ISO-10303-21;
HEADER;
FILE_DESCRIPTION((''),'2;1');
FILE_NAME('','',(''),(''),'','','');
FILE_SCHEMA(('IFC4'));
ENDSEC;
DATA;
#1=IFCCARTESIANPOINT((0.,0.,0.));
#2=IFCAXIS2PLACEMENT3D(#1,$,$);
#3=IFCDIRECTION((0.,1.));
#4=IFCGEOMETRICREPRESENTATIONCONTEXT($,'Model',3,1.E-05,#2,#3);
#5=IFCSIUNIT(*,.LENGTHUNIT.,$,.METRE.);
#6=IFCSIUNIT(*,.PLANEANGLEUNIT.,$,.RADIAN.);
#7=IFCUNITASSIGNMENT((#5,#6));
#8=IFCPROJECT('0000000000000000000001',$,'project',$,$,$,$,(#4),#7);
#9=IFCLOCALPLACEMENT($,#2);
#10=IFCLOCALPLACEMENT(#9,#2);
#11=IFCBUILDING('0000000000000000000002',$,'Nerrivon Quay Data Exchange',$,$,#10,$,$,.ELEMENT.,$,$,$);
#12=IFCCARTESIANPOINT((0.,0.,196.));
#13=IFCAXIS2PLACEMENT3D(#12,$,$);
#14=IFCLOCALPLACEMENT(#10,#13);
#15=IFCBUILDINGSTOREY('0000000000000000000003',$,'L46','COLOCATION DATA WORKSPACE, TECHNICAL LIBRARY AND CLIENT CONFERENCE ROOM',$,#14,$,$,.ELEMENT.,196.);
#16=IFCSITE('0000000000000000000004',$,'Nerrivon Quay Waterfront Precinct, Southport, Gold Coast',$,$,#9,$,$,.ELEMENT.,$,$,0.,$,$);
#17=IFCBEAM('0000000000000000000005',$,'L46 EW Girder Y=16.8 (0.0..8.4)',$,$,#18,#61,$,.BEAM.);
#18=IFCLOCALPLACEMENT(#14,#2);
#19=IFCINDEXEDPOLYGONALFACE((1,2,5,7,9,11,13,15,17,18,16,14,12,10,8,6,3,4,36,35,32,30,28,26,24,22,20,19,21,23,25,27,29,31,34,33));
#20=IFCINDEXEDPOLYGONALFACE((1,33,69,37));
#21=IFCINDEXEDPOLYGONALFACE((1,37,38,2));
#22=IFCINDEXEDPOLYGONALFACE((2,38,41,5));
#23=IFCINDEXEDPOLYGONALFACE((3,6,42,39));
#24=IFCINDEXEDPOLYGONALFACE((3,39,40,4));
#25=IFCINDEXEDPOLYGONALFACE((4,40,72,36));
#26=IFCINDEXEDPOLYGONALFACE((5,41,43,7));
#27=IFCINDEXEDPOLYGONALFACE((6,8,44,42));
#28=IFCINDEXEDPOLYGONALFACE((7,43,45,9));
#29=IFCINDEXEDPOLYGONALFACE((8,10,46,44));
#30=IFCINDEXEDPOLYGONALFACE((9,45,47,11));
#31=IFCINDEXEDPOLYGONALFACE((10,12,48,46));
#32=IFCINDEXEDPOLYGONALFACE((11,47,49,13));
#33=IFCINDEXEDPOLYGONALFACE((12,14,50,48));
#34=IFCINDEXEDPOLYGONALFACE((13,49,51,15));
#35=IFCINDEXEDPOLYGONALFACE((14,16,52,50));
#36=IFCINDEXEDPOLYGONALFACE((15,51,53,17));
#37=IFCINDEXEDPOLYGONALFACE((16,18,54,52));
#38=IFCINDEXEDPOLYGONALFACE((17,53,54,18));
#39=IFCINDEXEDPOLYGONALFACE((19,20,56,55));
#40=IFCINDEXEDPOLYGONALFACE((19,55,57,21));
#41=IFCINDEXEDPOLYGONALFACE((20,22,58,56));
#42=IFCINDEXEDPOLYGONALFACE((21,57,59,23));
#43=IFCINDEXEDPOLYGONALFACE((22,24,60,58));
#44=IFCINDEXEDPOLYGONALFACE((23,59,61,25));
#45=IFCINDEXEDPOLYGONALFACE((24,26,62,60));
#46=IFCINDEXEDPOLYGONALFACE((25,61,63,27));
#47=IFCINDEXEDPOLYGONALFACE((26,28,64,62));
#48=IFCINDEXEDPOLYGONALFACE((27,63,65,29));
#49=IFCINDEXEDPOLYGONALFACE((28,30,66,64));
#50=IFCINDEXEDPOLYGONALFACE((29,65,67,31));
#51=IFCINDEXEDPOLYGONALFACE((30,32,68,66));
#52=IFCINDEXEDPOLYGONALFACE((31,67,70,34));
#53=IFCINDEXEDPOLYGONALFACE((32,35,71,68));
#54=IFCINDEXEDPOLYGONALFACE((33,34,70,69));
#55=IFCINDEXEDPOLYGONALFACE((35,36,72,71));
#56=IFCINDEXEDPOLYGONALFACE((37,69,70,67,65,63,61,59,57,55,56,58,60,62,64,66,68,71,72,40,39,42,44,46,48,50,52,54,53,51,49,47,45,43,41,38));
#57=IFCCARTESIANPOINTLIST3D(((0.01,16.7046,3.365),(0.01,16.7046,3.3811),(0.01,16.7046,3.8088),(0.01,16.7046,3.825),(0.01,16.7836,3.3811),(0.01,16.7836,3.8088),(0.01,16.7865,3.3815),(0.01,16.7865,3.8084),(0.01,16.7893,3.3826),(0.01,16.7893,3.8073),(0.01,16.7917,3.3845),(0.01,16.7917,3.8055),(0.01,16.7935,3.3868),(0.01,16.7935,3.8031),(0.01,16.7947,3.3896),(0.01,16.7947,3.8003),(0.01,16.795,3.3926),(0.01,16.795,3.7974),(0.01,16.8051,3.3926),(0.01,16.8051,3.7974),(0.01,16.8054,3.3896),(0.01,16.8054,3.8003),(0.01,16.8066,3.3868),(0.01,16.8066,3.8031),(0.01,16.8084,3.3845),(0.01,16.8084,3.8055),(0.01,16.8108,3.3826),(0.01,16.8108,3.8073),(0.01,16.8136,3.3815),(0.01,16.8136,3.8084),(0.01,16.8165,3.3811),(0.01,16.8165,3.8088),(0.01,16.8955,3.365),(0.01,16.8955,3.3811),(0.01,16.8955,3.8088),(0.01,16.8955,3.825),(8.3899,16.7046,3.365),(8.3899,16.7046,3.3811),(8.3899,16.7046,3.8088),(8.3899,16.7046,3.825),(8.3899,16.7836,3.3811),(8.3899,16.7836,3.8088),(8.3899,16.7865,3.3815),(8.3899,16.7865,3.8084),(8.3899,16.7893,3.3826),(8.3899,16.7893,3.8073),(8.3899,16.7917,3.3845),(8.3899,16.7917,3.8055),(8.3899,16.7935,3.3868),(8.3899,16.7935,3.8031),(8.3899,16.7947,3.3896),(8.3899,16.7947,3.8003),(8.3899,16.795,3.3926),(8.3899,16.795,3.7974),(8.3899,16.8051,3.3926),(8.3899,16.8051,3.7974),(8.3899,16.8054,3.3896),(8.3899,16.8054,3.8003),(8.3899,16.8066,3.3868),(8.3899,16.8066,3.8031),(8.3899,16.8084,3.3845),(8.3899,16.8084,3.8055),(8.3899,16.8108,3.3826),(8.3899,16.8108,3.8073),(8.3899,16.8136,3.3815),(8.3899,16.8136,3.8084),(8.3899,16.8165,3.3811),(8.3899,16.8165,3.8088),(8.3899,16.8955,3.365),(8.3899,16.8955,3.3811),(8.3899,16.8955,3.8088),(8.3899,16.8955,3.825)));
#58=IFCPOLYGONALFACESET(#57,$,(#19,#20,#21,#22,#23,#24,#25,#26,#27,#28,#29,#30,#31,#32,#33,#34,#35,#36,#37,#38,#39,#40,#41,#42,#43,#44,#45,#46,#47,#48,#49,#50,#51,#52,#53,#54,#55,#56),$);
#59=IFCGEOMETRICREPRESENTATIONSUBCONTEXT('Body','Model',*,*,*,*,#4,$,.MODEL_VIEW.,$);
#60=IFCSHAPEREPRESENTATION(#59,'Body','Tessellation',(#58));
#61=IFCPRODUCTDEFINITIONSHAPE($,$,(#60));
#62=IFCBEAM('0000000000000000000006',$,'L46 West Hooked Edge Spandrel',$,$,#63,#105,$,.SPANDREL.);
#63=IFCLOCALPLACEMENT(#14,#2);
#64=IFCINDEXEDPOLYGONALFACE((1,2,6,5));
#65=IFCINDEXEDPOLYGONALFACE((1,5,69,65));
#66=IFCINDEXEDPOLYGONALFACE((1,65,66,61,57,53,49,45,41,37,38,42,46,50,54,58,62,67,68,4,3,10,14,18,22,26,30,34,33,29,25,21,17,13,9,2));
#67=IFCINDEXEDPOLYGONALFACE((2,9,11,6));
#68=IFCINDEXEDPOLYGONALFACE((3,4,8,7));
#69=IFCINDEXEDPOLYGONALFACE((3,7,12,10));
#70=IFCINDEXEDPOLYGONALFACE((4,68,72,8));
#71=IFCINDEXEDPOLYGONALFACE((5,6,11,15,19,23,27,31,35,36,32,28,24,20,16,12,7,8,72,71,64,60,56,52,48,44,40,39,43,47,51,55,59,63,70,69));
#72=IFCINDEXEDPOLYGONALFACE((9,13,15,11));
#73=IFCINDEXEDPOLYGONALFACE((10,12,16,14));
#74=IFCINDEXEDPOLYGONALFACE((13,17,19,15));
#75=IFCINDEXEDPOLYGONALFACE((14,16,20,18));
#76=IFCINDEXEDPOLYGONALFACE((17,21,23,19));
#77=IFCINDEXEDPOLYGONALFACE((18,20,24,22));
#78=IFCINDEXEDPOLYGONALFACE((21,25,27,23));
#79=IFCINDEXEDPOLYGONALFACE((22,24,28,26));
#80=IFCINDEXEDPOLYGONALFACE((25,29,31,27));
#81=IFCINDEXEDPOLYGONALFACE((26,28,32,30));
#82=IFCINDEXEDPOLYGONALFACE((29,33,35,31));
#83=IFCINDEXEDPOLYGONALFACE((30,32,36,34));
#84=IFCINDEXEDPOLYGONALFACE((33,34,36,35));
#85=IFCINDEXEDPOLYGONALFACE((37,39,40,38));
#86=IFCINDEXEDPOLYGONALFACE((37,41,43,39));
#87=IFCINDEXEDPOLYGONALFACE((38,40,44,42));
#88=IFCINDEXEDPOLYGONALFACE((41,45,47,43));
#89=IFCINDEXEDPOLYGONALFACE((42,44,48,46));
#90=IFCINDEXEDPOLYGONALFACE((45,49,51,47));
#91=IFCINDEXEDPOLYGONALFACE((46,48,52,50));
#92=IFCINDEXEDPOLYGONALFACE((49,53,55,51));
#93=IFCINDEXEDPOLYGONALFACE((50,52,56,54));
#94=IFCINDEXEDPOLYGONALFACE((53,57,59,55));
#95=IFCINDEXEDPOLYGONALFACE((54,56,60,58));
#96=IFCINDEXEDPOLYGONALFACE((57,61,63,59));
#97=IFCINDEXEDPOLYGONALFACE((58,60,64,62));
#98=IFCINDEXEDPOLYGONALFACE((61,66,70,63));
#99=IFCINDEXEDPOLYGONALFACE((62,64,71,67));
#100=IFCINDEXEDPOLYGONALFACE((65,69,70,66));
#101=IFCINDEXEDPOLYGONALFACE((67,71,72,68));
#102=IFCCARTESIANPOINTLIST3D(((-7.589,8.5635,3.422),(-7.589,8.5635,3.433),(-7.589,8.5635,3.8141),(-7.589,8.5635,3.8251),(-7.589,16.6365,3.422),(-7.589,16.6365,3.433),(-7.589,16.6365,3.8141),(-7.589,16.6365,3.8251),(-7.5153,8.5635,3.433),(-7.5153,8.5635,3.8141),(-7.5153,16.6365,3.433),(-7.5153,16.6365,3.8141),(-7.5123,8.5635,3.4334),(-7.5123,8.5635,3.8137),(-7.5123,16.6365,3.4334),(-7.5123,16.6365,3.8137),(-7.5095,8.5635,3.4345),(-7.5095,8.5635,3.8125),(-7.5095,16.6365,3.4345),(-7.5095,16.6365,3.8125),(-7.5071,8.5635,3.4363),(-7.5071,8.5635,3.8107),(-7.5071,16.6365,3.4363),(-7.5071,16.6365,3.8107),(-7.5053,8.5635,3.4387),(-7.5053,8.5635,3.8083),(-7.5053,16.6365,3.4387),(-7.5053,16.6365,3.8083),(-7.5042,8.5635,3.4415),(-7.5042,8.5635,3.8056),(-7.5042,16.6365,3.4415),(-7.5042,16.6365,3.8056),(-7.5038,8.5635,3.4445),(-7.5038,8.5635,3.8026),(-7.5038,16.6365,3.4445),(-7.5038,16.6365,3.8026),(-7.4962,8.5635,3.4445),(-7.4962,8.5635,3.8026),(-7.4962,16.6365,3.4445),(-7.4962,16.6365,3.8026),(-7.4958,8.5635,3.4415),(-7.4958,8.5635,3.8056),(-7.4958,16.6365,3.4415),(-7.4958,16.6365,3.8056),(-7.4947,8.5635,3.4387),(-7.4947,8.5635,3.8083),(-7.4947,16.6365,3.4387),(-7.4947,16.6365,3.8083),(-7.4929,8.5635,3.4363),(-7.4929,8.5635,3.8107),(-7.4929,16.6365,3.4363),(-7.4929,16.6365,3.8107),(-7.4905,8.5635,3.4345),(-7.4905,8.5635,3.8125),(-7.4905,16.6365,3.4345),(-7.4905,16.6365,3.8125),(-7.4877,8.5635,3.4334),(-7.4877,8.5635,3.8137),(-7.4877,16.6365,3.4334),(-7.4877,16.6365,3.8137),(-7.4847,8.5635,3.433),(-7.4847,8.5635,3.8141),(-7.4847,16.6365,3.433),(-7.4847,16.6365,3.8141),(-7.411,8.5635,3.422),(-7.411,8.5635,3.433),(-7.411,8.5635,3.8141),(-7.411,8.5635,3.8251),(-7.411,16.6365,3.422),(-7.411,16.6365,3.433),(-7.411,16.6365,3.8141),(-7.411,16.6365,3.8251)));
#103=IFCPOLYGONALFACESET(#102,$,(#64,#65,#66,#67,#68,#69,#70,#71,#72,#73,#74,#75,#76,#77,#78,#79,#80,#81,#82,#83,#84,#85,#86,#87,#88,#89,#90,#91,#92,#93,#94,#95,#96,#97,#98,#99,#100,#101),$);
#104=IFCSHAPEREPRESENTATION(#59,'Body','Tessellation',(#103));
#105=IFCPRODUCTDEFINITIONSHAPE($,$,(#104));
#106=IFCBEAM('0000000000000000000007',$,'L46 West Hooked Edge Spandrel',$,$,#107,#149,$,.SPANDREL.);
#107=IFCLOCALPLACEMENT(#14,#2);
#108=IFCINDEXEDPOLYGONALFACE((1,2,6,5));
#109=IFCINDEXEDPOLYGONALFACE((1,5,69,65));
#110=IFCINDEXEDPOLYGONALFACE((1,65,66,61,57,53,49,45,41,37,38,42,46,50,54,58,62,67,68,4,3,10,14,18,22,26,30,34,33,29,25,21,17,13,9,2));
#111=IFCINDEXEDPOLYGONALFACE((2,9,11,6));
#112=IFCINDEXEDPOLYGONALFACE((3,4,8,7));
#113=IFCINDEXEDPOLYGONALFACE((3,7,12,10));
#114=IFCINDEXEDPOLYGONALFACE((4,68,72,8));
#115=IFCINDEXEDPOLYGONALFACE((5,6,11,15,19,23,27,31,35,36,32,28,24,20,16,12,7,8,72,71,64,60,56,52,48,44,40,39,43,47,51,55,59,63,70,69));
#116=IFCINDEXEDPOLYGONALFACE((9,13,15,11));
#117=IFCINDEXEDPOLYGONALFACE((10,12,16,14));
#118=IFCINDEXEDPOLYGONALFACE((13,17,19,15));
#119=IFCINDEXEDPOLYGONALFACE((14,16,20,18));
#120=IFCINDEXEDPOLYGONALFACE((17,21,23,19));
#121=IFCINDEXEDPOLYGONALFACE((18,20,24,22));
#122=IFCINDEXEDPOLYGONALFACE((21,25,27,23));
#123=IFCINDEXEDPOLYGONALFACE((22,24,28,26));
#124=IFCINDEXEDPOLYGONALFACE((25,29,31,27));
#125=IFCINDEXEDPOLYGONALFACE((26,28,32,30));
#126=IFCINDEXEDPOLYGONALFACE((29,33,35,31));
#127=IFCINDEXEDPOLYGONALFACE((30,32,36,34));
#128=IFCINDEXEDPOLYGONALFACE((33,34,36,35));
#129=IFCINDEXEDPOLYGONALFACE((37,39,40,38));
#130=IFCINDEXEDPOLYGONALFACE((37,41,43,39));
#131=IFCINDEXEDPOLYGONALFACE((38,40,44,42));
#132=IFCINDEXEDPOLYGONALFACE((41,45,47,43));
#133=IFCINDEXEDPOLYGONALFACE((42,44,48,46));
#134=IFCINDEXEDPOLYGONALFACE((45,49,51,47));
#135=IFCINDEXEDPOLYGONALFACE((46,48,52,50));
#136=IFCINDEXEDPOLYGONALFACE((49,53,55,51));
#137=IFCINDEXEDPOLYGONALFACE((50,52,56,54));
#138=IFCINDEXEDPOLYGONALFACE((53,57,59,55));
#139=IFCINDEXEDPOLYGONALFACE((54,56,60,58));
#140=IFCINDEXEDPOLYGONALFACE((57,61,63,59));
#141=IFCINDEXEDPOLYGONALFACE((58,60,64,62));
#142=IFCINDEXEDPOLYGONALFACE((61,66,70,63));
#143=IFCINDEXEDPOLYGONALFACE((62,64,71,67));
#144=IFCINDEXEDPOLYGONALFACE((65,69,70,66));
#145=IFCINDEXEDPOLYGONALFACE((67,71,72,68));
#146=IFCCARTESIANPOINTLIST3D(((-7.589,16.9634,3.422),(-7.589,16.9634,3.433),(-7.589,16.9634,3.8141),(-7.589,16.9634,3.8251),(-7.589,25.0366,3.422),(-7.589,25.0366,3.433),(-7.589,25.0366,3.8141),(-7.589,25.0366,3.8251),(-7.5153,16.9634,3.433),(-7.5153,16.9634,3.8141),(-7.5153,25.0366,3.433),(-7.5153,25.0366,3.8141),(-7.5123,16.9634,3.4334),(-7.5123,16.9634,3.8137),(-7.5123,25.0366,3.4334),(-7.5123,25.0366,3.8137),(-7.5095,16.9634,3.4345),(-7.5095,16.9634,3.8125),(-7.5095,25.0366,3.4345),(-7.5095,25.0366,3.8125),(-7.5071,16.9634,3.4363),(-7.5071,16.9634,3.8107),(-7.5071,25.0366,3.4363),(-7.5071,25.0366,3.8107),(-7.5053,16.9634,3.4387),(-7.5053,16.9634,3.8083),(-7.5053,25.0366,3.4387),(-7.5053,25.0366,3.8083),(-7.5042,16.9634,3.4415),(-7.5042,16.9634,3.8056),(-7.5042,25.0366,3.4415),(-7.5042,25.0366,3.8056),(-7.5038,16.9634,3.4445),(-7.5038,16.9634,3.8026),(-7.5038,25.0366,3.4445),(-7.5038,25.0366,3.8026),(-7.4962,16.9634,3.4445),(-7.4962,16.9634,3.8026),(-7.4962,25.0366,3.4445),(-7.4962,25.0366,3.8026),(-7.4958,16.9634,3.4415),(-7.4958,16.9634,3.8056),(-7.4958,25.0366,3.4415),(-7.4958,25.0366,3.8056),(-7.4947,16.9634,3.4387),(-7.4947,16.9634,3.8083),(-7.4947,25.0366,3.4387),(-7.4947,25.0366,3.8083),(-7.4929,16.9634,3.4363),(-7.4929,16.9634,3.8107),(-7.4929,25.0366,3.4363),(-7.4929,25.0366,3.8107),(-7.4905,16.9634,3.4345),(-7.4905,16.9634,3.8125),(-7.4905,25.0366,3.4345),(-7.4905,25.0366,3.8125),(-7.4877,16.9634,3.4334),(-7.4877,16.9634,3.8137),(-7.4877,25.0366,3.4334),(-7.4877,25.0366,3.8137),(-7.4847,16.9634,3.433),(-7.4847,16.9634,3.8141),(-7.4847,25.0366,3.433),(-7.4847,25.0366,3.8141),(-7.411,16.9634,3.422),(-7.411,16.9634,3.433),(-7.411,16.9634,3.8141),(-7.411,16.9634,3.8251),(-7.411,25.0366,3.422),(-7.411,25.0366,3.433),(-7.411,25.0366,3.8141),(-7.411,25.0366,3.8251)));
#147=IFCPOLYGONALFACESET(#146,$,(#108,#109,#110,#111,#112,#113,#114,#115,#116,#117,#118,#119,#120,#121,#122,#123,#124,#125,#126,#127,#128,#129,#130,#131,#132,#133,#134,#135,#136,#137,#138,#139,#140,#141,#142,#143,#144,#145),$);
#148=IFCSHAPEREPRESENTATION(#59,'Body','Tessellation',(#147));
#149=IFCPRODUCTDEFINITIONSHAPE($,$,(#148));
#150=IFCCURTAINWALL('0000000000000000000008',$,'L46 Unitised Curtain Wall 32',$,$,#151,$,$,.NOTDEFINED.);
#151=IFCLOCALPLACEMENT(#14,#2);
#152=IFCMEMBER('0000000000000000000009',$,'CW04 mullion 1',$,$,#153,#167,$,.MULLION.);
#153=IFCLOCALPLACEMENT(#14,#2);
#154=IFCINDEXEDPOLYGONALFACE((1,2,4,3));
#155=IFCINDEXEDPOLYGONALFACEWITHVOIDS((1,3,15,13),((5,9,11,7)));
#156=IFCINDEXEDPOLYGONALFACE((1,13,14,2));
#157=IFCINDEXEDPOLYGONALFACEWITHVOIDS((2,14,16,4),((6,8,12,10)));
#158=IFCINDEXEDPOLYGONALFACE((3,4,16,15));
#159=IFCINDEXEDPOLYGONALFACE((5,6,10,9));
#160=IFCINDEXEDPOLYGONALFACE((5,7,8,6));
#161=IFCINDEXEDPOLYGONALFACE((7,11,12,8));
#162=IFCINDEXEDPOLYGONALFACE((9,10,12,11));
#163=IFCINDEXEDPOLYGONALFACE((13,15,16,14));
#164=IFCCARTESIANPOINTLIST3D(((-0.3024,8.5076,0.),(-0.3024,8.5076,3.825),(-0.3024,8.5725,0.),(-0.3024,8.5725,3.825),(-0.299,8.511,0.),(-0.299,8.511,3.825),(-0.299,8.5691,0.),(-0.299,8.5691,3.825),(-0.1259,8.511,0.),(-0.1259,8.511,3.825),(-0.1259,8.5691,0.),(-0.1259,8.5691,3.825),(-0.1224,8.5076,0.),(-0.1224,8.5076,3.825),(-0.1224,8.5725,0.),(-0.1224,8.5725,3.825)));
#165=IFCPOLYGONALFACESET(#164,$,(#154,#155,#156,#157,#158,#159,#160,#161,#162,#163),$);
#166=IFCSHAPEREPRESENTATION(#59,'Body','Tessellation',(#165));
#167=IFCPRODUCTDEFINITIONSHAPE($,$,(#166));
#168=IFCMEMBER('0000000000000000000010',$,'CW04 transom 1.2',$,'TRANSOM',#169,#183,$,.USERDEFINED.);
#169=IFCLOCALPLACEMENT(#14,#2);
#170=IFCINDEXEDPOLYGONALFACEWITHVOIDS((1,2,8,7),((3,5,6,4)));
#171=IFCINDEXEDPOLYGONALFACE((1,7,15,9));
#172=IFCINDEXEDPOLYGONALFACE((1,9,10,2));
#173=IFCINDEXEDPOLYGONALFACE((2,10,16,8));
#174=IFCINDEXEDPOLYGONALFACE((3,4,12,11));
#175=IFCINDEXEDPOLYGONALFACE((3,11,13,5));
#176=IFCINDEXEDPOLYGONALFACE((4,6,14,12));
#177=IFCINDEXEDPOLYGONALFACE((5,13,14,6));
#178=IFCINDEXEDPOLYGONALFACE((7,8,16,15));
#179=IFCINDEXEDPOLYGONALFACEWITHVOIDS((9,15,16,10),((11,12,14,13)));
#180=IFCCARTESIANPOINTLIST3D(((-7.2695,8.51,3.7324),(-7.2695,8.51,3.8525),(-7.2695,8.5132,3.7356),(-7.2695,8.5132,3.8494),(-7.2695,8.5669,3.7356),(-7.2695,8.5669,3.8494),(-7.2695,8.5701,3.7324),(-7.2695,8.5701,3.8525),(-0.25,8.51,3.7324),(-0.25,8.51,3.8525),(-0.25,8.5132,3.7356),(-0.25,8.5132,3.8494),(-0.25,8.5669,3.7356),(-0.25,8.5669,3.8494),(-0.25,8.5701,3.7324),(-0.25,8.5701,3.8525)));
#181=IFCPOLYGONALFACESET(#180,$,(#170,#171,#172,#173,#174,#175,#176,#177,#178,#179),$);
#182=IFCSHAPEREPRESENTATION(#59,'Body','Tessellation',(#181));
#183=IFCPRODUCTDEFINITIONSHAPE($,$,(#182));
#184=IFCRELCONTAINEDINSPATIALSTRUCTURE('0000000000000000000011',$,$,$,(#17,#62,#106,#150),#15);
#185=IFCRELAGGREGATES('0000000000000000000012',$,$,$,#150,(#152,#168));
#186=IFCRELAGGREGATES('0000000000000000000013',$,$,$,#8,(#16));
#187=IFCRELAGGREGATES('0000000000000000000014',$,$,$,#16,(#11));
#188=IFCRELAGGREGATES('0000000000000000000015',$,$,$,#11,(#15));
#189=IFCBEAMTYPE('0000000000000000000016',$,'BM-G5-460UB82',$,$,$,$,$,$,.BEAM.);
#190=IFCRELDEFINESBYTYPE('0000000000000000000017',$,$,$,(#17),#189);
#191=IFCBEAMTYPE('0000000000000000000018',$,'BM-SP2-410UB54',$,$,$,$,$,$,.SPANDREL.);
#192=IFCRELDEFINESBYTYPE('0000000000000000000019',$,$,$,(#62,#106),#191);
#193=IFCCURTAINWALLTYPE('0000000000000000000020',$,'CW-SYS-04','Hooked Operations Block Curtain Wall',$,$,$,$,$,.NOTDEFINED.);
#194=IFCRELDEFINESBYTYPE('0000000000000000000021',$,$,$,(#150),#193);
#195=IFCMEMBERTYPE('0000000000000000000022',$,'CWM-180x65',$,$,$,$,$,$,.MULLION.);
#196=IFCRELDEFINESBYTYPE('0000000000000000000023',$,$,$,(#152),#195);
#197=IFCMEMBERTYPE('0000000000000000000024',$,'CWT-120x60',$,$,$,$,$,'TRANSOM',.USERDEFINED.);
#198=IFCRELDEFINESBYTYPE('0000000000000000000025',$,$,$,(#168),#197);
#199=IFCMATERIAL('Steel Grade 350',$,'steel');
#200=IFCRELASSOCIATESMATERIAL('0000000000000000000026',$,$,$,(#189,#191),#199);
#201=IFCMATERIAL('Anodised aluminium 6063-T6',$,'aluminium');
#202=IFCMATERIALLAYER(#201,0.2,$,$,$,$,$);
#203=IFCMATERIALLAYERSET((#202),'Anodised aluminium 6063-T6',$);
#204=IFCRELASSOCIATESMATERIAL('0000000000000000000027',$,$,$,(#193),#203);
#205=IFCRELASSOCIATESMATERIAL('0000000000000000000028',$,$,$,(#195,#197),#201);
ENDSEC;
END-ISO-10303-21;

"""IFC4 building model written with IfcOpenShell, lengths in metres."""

from ifc_helpers import new_model, si_unit, direction, frame, origin, origin_2d, place, context, subcontext, project, spatial, hollow_rectangle, i_section, extrude, material, layer, layer_set, material_profile, profile_set, type_object, element, aggregate, save


model = new_model("IFC4")

# Units and contexts
model_context = context("Model", 3, precision=1e-05, world=origin(), true_north=direction((0.0, 1.0)))
body_context = subcontext(model_context, "Body", "Model", "MODEL_VIEW")
ifc_project = project(units=[si_unit("LENGTHUNIT", "METRE"), si_unit("PLANEANGLEUNIT", "RADIAN")], contexts=[model_context])

# Site, building, storey
site_placement = place(None, origin())
site = spatial("IfcSite", under=ifc_project, at=site_placement, Name="Nerrivon Quay Waterfront Precinct, Southport, Gold Coast", CompositionType="ELEMENT", RefElevation=0.0)
building_placement = place(site_placement, origin())
building = spatial("IfcBuilding", under=site, at=building_placement, Name="Nerrivon Quay Data Exchange", CompositionType="ELEMENT")
storey_placement = place(building_placement, frame((0.0, 0.0, 196.0)))
storey = spatial("IfcBuildingStorey", under=building, at=storey_placement, Name="L46", Description="COLOCATION DATA WORKSPACE, TECHNICAL LIBRARY AND CLIENT CONFERENCE ROOM", CompositionType="ELEMENT", Elevation=196.0)

# Shared definitions
ifc_material_1 = material(Name="Steel Grade 350", Category="steel")

# Beams
ifc_material_profile_1 = material_profile(ifc_material_1, i_section(OverallWidth=0.1909, OverallDepth=0.46, WebThickness=0.01, FlangeThickness=0.0161, FilletRadius=0.0115, at=origin_2d()), Name="460UB82.1")
ifc_profile_set_1 = profile_set([ifc_material_profile_1], Name="Steel Grade 350")
beam_type_1 = type_object("IfcBeamType", Name="BM-G5-460UB82", PredefinedType="BEAM", material=ifc_profile_set_1)
beam_1_placement = place(storey_placement, frame((0.01, 16.8, 3.595), z_axis=(1.0, 0.0, 0.0), x_axis=(0.0, 1.0, 0.0)))
element("IfcBeam", 1, at=beam_1_placement, inside=storey, type_object=beam_type_1, Name="L46 EW Girder Y=16.8 (0.0..8.4)", PredefinedType="BEAM", context=body_context, shape_type="SweptSolid", body=[
    extrude(i_section(OverallWidth=0.1909, OverallDepth=0.46, WebThickness=0.01, FlangeThickness=0.0161, FilletRadius=0.0115, at=origin_2d()), origin(), (0.0, 0.0, 1.0), 8.3799),
])
ifc_material_profile_2 = material_profile(ifc_material_1, i_section(OverallWidth=0.178, OverallDepth=0.4031, WebThickness=0.0076, FlangeThickness=0.011, FilletRadius=0.0115, at=origin_2d()), Name="410UB53.7")
ifc_profile_set_2 = profile_set([ifc_material_profile_2], Name="Steel Grade 350")
beam_type_2 = type_object("IfcBeamType", Name="BM-SP2-410UB54", PredefinedType="SPANDREL", material=ifc_profile_set_2)
beam_2_placement = place(storey_placement, frame((-7.5, 8.5635, 3.6235), z_axis=(0.0, 1.0, 0.0), x_axis=(-1.0, 0.0, 0.0)))
element("IfcBeam", 2, at=beam_2_placement, inside=storey, type_object=beam_type_2, Name="L46 West Hooked Edge Spandrel", PredefinedType="SPANDREL", context=body_context, shape_type="SweptSolid", body=[
    extrude(i_section(OverallWidth=0.178, OverallDepth=0.4031, WebThickness=0.0076, FlangeThickness=0.011, FilletRadius=0.0115, at=origin_2d()), origin(), (0.0, 0.0, 1.0), 8.073),
])
beam_3_placement = place(storey_placement, frame((-7.5, 16.9634, 3.6235), z_axis=(0.0, 1.0, 0.0), x_axis=(-1.0, 0.0, 0.0)))
element("IfcBeam", 3, at=beam_3_placement, inside=storey, type_object=beam_type_2, Name="L46 West Hooked Edge Spandrel", PredefinedType="SPANDREL", context=body_context, shape_type="SweptSolid", body=[
    extrude(i_section(OverallWidth=0.178, OverallDepth=0.4031, WebThickness=0.0076, FlangeThickness=0.011, FilletRadius=0.0115, at=origin_2d()), origin(), (0.0, 0.0, 1.0), 8.0732),
])

# Curtain wall, members
ifc_material_2 = material(Name="Anodised aluminium 6063-T6", Category="aluminium")
ifc_layer_1 = layer(ifc_material_2, 0.2)
ifc_layer_set_1 = layer_set([ifc_layer_1], Name="Anodised aluminium 6063-T6")
curtain_wall_type = type_object("IfcCurtainWallType", Name="CW-SYS-04", Description="Hooked Operations Block Curtain Wall", PredefinedType="NOTDEFINED", material=ifc_layer_set_1)
curtain_wall_placement = place(storey_placement, origin())
curtain_wall = element("IfcCurtainWall", 4, at=curtain_wall_placement, inside=storey, type_object=curtain_wall_type, Name="L46 Unitised Curtain Wall 32", PredefinedType="NOTDEFINED")
ifc_material_profile_3 = material_profile(ifc_material_2, hollow_rectangle(XDim=0.0649, YDim=0.1799, WallThickness=0.0034, at=origin_2d()), Name="ALU-MULL-180x65")
ifc_profile_set_3 = profile_set([ifc_material_profile_3], Name="Anodised aluminium 6063-T6")
member_type_1 = type_object("IfcMemberType", Name="CWM-180x65", PredefinedType="MULLION", material=ifc_profile_set_3)
member_1_placement = place(storey_placement, frame((-0.2124, 8.54, 0.0), z_axis=(0.0, 0.0, 1.0), x_axis=(0.0, -1.0, 0.0)))
member_1 = element("IfcMember", 5, at=member_1_placement, type_object=member_type_1, Name="CW04 mullion 1", PredefinedType="MULLION", context=body_context, shape_type="SweptSolid", body=[
    extrude(hollow_rectangle(XDim=0.0649, YDim=0.1799, WallThickness=0.0034, at=origin_2d()), origin(), (0.0, 0.0, 1.0), 3.825),
])
ifc_material_profile_4 = material_profile(ifc_material_2, hollow_rectangle(XDim=0.0601, YDim=0.1201, WallThickness=0.0032, at=origin_2d()), Name="ALU-TRAN-120x60")
ifc_profile_set_4 = profile_set([ifc_material_profile_4], Name="Anodised aluminium 6063-T6")
member_type_2 = type_object("IfcMemberType", Name="CWT-120x60", ElementType="TRANSOM", PredefinedType="USERDEFINED", material=ifc_profile_set_4)
member_2_placement = place(storey_placement, frame((-0.25, 8.54, 3.7925), z_axis=(-1.0, 0.0, 0.0), x_axis=(0.0, -1.0, 0.0)))
member_2 = element("IfcMember", 6, at=member_2_placement, type_object=member_type_2, Name="CW04 transom 1.2", ObjectType="TRANSOM", PredefinedType="USERDEFINED", context=body_context, shape_type="SweptSolid", body=[
    extrude(hollow_rectangle(XDim=0.0601, YDim=0.1201, WallThickness=0.0032, at=origin_2d()), origin(), (0.0, 0.0, 1.0), 7.0195),
])
aggregate(curtain_wall, [member_1, member_2])

save(model, "model.ifc")
